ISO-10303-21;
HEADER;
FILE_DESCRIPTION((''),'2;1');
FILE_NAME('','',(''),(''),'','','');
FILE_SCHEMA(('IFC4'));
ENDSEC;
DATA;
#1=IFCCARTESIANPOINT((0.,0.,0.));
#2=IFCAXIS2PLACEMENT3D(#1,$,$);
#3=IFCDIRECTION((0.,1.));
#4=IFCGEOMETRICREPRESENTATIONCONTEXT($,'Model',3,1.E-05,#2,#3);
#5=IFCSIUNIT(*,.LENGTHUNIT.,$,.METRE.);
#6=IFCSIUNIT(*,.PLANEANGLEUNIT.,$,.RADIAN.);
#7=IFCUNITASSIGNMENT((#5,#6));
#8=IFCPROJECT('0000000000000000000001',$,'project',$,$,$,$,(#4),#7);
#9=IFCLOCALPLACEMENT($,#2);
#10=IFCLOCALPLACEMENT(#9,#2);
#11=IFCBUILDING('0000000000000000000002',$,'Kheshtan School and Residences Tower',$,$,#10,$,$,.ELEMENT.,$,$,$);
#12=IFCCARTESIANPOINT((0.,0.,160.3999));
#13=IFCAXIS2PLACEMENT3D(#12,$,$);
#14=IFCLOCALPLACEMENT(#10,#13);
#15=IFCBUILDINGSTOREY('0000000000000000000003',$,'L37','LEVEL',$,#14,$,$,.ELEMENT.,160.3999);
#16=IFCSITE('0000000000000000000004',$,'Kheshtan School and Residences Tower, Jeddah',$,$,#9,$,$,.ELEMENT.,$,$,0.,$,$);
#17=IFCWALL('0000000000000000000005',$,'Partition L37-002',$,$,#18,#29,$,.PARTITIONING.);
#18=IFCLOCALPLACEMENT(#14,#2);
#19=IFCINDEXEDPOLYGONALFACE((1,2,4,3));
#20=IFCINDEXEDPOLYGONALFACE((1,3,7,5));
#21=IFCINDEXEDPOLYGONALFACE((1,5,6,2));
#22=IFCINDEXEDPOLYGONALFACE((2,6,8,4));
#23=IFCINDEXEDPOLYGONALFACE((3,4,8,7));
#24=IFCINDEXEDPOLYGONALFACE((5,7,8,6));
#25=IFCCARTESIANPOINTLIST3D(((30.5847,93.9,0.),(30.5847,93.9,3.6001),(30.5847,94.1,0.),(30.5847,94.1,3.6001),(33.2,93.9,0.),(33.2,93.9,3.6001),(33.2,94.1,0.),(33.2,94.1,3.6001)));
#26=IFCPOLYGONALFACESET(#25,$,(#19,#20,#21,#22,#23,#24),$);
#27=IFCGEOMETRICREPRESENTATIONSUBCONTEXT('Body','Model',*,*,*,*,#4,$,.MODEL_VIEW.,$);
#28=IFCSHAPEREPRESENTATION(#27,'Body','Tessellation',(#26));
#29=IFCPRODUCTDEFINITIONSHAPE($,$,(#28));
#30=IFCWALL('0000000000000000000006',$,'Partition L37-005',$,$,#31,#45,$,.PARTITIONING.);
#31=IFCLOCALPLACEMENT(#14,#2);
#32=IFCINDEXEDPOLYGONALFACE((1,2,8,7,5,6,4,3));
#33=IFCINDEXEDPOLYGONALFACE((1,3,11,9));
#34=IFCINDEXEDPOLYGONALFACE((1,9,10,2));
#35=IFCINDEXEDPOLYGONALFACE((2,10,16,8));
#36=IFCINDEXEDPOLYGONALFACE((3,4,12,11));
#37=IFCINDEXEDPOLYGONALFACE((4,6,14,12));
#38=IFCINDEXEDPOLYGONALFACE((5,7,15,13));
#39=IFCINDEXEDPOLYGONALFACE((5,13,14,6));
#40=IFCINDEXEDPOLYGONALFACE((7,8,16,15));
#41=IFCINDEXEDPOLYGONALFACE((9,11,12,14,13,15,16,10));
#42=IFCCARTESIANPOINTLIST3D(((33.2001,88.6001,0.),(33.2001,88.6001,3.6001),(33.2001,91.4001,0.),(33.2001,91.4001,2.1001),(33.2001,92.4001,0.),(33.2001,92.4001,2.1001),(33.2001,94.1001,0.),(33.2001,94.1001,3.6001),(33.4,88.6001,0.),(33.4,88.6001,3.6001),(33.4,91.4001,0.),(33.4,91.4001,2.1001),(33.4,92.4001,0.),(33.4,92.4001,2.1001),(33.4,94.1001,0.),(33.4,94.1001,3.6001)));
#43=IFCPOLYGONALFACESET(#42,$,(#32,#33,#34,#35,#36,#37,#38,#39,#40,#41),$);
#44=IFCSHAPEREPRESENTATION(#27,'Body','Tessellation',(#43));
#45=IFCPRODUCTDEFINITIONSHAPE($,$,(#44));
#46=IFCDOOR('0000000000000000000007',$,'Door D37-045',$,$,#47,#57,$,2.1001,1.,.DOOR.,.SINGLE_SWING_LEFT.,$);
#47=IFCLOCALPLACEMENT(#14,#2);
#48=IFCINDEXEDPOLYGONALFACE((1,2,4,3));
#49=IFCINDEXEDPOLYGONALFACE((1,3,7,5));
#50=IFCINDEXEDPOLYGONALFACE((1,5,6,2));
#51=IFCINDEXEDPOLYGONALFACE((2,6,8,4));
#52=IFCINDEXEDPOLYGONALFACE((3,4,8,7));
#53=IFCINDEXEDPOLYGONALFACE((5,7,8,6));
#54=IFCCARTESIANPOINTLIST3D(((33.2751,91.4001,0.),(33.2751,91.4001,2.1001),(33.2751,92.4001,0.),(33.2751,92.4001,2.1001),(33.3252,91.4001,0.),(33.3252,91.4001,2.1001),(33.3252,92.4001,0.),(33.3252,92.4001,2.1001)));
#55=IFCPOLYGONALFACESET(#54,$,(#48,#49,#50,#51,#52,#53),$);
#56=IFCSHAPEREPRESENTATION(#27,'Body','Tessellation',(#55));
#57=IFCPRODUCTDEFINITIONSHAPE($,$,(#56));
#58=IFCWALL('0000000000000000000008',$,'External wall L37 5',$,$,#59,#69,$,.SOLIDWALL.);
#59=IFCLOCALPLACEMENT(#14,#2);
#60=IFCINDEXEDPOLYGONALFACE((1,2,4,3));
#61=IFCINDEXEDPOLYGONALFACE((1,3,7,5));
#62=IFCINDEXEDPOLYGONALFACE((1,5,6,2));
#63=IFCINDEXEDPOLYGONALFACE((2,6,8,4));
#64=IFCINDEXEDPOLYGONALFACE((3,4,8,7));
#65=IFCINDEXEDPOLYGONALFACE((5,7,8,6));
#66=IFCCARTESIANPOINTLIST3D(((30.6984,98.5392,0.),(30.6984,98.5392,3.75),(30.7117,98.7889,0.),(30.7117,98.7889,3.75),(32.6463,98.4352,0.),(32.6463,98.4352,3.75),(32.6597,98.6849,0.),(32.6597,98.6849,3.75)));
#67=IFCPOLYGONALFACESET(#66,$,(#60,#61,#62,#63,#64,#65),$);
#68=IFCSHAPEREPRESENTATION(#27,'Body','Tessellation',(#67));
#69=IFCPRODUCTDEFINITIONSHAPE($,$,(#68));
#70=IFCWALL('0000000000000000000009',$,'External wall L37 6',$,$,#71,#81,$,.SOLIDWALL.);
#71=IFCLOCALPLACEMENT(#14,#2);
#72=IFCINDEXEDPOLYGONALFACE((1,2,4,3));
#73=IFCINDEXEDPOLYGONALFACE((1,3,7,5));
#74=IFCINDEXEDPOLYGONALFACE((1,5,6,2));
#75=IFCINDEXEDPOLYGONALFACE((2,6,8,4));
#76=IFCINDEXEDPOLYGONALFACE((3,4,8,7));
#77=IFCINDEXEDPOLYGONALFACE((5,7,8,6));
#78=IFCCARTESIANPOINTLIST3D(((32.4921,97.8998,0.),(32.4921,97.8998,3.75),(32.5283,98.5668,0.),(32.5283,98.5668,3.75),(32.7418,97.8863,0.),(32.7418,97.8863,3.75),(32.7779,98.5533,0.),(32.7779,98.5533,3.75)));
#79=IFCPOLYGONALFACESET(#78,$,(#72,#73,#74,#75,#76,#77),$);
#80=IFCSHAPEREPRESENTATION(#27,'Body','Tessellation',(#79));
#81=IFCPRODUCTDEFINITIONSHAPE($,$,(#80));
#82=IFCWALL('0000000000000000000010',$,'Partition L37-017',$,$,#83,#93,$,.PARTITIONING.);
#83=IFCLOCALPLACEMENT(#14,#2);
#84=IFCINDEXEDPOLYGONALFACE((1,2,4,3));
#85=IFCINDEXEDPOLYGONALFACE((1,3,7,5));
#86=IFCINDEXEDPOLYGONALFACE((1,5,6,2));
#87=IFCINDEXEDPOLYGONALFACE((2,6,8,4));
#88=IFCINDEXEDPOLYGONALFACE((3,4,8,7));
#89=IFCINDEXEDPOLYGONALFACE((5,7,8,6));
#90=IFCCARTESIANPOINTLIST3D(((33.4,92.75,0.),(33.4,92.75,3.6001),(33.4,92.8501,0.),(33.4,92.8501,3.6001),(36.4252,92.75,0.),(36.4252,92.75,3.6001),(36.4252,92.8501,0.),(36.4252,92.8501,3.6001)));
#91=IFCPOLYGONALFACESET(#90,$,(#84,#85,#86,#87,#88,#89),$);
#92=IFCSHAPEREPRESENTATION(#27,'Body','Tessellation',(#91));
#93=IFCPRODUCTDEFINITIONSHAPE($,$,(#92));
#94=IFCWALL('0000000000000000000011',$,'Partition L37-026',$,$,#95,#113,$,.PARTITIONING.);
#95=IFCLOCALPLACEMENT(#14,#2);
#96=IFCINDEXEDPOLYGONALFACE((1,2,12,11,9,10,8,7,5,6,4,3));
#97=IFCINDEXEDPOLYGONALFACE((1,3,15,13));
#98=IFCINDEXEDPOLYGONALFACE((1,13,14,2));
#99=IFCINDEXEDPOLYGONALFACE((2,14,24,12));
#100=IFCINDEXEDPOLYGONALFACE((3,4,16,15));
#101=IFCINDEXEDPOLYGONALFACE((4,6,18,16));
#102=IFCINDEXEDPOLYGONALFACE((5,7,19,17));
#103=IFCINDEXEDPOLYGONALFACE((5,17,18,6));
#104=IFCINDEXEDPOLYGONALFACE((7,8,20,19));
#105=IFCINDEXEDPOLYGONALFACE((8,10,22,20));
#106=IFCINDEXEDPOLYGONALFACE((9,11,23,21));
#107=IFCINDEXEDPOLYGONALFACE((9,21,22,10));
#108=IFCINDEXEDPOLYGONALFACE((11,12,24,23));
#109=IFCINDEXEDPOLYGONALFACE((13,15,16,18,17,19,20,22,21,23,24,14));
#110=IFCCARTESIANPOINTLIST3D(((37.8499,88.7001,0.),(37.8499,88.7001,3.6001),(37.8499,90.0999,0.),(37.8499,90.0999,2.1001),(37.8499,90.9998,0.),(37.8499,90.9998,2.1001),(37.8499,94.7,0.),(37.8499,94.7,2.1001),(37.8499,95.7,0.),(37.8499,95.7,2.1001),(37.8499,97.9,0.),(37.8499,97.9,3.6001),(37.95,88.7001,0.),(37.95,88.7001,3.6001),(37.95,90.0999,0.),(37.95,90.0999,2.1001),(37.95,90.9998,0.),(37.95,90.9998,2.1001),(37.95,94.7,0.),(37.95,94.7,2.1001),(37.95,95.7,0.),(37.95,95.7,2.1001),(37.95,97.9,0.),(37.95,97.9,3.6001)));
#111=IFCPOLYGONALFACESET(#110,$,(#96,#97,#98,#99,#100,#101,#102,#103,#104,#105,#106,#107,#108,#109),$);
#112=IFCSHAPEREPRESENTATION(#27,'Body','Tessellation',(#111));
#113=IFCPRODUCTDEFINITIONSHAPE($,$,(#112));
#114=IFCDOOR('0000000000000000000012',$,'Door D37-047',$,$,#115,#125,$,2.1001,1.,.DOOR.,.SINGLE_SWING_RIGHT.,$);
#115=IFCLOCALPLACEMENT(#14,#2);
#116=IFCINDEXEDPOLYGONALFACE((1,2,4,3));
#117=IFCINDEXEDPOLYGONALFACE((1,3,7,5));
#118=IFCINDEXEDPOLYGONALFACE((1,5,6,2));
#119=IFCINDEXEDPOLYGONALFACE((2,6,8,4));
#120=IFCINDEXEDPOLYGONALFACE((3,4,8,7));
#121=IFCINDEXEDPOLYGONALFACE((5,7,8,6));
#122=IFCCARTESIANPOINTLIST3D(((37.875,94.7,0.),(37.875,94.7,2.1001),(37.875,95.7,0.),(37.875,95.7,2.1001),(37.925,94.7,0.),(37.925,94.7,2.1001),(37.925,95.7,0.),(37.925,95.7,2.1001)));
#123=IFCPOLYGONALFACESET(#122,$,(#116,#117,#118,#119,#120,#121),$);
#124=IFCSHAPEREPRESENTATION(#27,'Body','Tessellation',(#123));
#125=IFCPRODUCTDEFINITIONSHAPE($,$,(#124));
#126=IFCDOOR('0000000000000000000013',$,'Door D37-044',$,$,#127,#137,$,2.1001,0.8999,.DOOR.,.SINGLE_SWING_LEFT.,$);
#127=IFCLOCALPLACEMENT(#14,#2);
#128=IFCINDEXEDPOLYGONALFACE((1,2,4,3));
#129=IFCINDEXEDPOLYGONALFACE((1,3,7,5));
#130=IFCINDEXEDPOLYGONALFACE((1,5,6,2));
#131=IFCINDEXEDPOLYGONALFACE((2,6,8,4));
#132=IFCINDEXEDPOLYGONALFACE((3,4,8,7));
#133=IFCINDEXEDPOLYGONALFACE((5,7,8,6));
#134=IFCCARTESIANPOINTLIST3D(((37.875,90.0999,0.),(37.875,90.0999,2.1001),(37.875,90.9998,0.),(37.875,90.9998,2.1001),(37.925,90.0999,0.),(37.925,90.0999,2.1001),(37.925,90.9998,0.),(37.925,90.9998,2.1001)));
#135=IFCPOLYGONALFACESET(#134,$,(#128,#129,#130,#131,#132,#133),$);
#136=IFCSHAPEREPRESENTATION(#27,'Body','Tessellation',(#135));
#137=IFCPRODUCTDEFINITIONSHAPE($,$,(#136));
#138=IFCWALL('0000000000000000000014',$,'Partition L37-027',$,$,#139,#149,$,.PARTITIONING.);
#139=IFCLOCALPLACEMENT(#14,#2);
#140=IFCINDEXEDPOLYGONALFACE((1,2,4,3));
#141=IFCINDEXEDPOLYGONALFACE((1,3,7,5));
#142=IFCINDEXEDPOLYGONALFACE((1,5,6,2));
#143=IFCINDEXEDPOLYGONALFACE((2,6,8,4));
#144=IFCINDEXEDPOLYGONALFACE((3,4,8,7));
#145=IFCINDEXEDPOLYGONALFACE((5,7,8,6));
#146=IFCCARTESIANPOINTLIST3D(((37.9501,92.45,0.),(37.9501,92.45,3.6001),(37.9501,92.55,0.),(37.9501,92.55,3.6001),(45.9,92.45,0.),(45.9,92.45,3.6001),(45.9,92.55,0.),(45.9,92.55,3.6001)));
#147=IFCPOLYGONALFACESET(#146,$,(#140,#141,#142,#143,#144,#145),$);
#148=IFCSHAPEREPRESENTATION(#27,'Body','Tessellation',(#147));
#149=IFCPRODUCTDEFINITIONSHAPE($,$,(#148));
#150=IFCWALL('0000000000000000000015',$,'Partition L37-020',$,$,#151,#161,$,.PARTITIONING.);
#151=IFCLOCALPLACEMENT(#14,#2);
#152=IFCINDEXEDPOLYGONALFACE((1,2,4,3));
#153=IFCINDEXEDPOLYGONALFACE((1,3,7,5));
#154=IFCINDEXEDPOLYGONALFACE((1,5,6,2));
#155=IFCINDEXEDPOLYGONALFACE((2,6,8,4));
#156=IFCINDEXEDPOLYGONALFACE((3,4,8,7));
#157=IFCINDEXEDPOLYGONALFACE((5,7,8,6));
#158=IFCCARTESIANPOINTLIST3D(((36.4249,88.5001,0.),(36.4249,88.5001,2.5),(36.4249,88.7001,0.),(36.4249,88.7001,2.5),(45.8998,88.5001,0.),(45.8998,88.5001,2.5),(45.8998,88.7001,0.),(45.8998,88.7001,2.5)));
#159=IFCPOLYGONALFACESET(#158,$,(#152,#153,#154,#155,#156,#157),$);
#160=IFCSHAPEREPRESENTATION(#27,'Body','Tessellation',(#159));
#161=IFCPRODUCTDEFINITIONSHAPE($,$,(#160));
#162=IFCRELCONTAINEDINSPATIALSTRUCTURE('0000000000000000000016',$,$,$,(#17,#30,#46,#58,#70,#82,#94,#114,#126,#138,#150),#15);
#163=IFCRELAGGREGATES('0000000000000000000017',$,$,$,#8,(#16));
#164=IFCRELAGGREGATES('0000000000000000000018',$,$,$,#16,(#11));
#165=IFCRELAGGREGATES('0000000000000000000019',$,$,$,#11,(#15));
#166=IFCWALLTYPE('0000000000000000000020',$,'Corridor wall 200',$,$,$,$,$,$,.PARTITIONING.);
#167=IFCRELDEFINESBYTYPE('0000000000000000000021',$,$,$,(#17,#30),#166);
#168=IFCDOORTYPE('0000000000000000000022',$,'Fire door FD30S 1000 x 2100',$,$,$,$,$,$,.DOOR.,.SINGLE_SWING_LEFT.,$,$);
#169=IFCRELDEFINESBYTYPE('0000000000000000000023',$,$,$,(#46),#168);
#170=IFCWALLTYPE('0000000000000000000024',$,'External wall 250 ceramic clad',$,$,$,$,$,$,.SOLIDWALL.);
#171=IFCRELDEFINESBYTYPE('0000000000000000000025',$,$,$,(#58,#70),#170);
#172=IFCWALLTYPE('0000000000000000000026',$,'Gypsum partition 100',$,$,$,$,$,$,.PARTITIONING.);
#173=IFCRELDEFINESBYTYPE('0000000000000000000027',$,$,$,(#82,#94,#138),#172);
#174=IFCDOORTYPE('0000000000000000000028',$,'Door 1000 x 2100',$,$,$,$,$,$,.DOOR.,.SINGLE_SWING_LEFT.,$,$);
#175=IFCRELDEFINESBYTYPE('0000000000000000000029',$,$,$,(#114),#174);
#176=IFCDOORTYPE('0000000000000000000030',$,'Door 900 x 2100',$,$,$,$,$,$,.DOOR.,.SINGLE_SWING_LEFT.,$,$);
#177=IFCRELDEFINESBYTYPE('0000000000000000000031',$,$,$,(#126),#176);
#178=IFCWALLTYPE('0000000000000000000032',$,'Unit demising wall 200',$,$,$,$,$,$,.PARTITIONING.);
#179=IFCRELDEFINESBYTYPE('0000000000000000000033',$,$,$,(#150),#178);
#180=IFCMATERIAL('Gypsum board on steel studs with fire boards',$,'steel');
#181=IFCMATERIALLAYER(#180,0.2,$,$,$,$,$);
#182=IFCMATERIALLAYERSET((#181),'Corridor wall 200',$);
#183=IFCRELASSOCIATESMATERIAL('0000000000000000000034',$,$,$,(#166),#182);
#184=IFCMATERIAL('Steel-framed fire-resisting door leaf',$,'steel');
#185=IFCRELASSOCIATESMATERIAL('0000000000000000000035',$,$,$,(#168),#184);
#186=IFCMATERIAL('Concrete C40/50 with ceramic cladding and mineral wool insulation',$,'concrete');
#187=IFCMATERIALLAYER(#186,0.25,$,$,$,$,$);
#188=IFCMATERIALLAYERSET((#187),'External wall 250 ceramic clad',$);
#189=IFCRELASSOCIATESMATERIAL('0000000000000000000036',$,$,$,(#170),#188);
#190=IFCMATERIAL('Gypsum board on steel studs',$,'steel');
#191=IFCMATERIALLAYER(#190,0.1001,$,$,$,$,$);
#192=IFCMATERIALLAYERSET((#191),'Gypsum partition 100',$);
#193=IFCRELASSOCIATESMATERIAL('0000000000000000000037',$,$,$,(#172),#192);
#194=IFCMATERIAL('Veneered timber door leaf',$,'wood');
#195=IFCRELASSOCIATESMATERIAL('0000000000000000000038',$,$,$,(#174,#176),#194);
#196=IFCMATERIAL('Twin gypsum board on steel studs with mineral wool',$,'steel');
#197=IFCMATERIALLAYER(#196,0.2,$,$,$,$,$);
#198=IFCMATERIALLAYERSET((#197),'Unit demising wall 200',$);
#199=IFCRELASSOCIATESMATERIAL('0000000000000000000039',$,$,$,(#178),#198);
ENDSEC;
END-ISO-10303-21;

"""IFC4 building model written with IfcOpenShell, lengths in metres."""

from ifc_helpers import new_model, si_unit, direction, frame, frame_2d, origin, place, context, subcontext, project, spatial, rectangle, extrude, source, transform, mapped, material, layer, layer_set, type_object, element, fill, save


model = new_model("IFC4")

# Units and contexts
model_context = context("Model", 3, precision=1e-05, world=origin(), true_north=direction((0.0, 1.0)))
body_context = subcontext(model_context, "Body", "Model", "MODEL_VIEW")
ifc_project = project(units=[si_unit("LENGTHUNIT", "METRE"), si_unit("PLANEANGLEUNIT", "RADIAN")], contexts=[model_context])

# Site, building, storey
site_placement = place(None, origin())
site = spatial("IfcSite", under=ifc_project, at=site_placement, Name="Kheshtan School and Residences Tower, Jeddah", CompositionType="ELEMENT", RefElevation=0.0)
building_placement = place(site_placement, origin())
building = spatial("IfcBuilding", under=site, at=building_placement, Name="Kheshtan School and Residences Tower", CompositionType="ELEMENT")
storey_placement = place(building_placement, frame((0.0, 0.0, 160.3999)))
storey = spatial("IfcBuildingStorey", under=building, at=storey_placement, Name="L37", Description="LEVEL", CompositionType="ELEMENT", Elevation=160.3999)

# Wall
ifc_material_1 = material(Name="Gypsum board on steel studs with fire boards", Category="steel")
ifc_layer_1 = layer(ifc_material_1, 0.2)
ifc_layer_set_1 = layer_set([ifc_layer_1], Name="Corridor wall 200")
wall_type_1 = type_object("IfcWallType", Name="Corridor wall 200", PredefinedType="PARTITIONING", material=ifc_layer_set_1)
wall_1_placement = place(storey_placement, frame((30.5847, 94.0, 0.0), z_axis=(0.0, 0.0, 1.0), x_axis=(1.0, 0.0, 0.0)))
element("IfcWall", 1, at=wall_1_placement, inside=storey, type_object=wall_type_1, Name="Partition L37-002", PredefinedType="PARTITIONING", context=body_context, shape_type="SweptSolid", body=[
    extrude(rectangle(XDim=2.6152, YDim=0.2, at=frame_2d((1.3076, 0.0))), origin(), (0.0, 0.0, 1.0), 3.6001),
])

# Wall, opening, door
wall_2_placement = place(storey_placement, frame((33.3, 88.6001, 0.0), z_axis=(0.0, 0.0, 1.0), x_axis=(0.0, 1.0, 0.0)))
wall_2 = element("IfcWall", 2, at=wall_2_placement, inside=storey, type_object=wall_type_1, Name="Partition L37-005", PredefinedType="PARTITIONING", context=body_context, shape_type="SweptSolid", body=[
    extrude(rectangle(XDim=5.5, YDim=0.2, at=frame_2d((2.75, 0.0))), origin(), (0.0, 0.0, 1.0), 3.6001),
])
opening_1_placement = place(wall_2_placement, frame((2.8, 0.0, 0.0)))
opening_1 = element("IfcOpeningElement", 3, at=opening_1_placement, cuts=wall_2, PredefinedType="OPENING", context=body_context, shape_type="SweptSolid", body=[
    extrude(rectangle(XDim=1.0, YDim=2.1001, at=frame_2d((0.5, 1.05))), frame((0.0, 0.1099, 0.0), z_axis=(0.0, -1.0, 0.0), x_axis=(1.0, 0.0, 0.0)), (0.0, 0.0, 1.0), 0.22),
])
ifc_material_2 = material(Name="Steel-framed fire-resisting door leaf", Category="steel")
door_type_1 = type_object("IfcDoorType", Name="Fire door FD30S 1000 x 2100", OperationType="SINGLE_SWING_LEFT", PredefinedType="DOOR", material=ifc_material_2)
shared_shape_1 = source(origin(), body_context, "Body", "SweptSolid", [
    extrude(rectangle(XDim=1.0, YDim=2.1001, at=frame_2d((0.5, 1.05))), frame((0.0, 0.0249, 0.0), z_axis=(0.0, -1.0, 0.0), x_axis=(1.0, 0.0, 0.0)), (0.0, 0.0, 1.0), 0.05),
])
door_1_placement = place(opening_1_placement, origin())
door_1 = element("IfcDoor", 4, at=door_1_placement, inside=storey, type_object=door_type_1, Name="Door D37-045", OperationType="SINGLE_SWING_LEFT", OverallHeight=2.1001, OverallWidth=1.0, PredefinedType="DOOR", context=body_context, shape_type="MappedRepresentation", body=[
    mapped(shared_shape_1, transform((0.0, 0.0, 0.0), x_axis=(1.0, 0.0, 0.0), y_axis=(0.0, 1.0, 0.0), z_axis=(0.0, 0.0, 1.0), scale=1.0)),
])
fill(opening_1, door_1)

# Walls
ifc_material_3 = material(Name="Concrete C40/50 with ceramic cladding and mineral wool insulation", Category="concrete")
ifc_layer_2 = layer(ifc_material_3, 0.25)
ifc_layer_set_2 = layer_set([ifc_layer_2], Name="External wall 250 ceramic clad")
wall_type_2 = type_object("IfcWallType", Name="External wall 250 ceramic clad", PredefinedType="SOLIDWALL", material=ifc_layer_set_2)
wall_3_placement = place(storey_placement, frame((30.7051, 98.6641, 0.0), z_axis=(0.0, 0.0, 1.0), x_axis=(0.998578, -0.053314, 0.0)))
element("IfcWall", 5, at=wall_3_placement, inside=storey, type_object=wall_type_2, Name="External wall L37 5", PredefinedType="SOLIDWALL", context=body_context, shape_type="SweptSolid", body=[
    extrude(rectangle(XDim=1.9507, YDim=0.25, at=frame_2d((0.9753, 0.0))), origin(), (0.0, 0.0, 1.0), 3.75),
])
wall_4_placement = place(storey_placement, frame((32.6531, 98.5601, 0.0), z_axis=(0.0, 0.0, 1.0), x_axis=(-0.054093, -0.998536, 0.0)))
element("IfcWall", 6, at=wall_4_placement, inside=storey, type_object=wall_type_2, Name="External wall L37 6", PredefinedType="SOLIDWALL", context=body_context, shape_type="SweptSolid", body=[
    extrude(rectangle(XDim=0.668, YDim=0.25, at=frame_2d((0.334, 0.0))), origin(), (0.0, 0.0, 1.0), 3.75),
])

# Wall
ifc_material_4 = material(Name="Gypsum board on steel studs", Category="steel")
ifc_layer_3 = layer(ifc_material_4, 0.1001)
ifc_layer_set_3 = layer_set([ifc_layer_3], Name="Gypsum partition 100")
wall_type_3 = type_object("IfcWallType", Name="Gypsum partition 100", PredefinedType="PARTITIONING", material=ifc_layer_set_3)
wall_5_placement = place(storey_placement, frame((33.3999, 92.8, 0.0), z_axis=(0.0, 0.0, 1.0), x_axis=(1.0, 0.0, 0.0)))
element("IfcWall", 7, at=wall_5_placement, inside=storey, type_object=wall_type_3, Name="Partition L37-017", PredefinedType="PARTITIONING", context=body_context, shape_type="SweptSolid", body=[
    extrude(rectangle(XDim=3.0251, YDim=0.1001, at=frame_2d((1.5127, 0.0))), origin(), (0.0, 0.0, 1.0), 3.6001),
])

# Wall, openings, doors
wall_6_placement = place(storey_placement, frame((37.8999, 88.7, 0.0), z_axis=(0.0, 0.0, 1.0), x_axis=(0.0, 1.0, 0.0)))
wall_6 = element("IfcWall", 8, at=wall_6_placement, inside=storey, type_object=wall_type_3, Name="Partition L37-026", PredefinedType="PARTITIONING", context=body_context, shape_type="SweptSolid", body=[
    extrude(rectangle(XDim=9.2, YDim=0.1001, at=frame_2d((4.6001, 0.0))), origin(), (0.0, 0.0, 1.0), 3.6001),
])
opening_2_placement = place(wall_6_placement, frame((1.3999, 0.0, 0.0)))
opening_2 = element("IfcOpeningElement", 9, at=opening_2_placement, cuts=wall_6, PredefinedType="OPENING", context=body_context, shape_type="SweptSolid", body=[
    extrude(rectangle(XDim=0.8999, YDim=2.1001, at=frame_2d((0.45, 1.05))), frame((0.0, 0.0601, 0.0), z_axis=(0.0, -1.0, 0.0), x_axis=(1.0, 0.0, 0.0)), (0.0, 0.0, 1.0), 0.1201),
])
opening_3_placement = place(wall_6_placement, frame((6.0, 0.0, 0.0)))
opening_3 = element("IfcOpeningElement", 10, at=opening_3_placement, cuts=wall_6, PredefinedType="OPENING", context=body_context, shape_type="SweptSolid", body=[
    extrude(rectangle(XDim=1.0, YDim=2.1001, at=frame_2d((0.5, 1.05))), frame((0.0, 0.0601, 0.0), z_axis=(0.0, -1.0, 0.0), x_axis=(1.0, 0.0, 0.0)), (0.0, 0.0, 1.0), 0.1201),
])
ifc_material_5 = material(Name="Veneered timber door leaf", Category="wood")
door_type_2 = type_object("IfcDoorType", Name="Door 1000 x 2100", OperationType="SINGLE_SWING_LEFT", PredefinedType="DOOR", material=ifc_material_5)
shared_shape_2 = source(origin(), body_context, "Body", "SweptSolid", [
    extrude(rectangle(XDim=1.0, YDim=2.1001, at=frame_2d((0.5, 1.05))), frame((0.0, 0.0249, 0.0), z_axis=(0.0, -1.0, 0.0), x_axis=(1.0, 0.0, 0.0)), (0.0, 0.0, 1.0), 0.05),
])
door_2_placement = place(opening_3_placement, origin())
door_2 = element("IfcDoor", 11, at=door_2_placement, inside=storey, type_object=door_type_2, Name="Door D37-047", OperationType="SINGLE_SWING_RIGHT", OverallHeight=2.1001, OverallWidth=1.0, PredefinedType="DOOR", context=body_context, shape_type="MappedRepresentation", body=[
    mapped(shared_shape_2, transform((0.0, 0.0, 0.0), x_axis=(1.0, 0.0, 0.0), y_axis=(0.0, 1.0, 0.0), z_axis=(0.0, 0.0, 1.0), scale=1.0)),
])
fill(opening_3, door_2)
door_type_3 = type_object("IfcDoorType", Name="Door 900 x 2100", OperationType="SINGLE_SWING_LEFT", PredefinedType="DOOR", material=ifc_material_5)
shared_shape_3 = source(origin(), body_context, "Body", "SweptSolid", [
    extrude(rectangle(XDim=0.8999, YDim=2.1001, at=frame_2d((0.45, 1.05))), frame((0.0, 0.0249, 0.0), z_axis=(0.0, -1.0, 0.0), x_axis=(1.0, 0.0, 0.0)), (0.0, 0.0, 1.0), 0.05),
])
door_3_placement = place(opening_2_placement, origin())
door_3 = element("IfcDoor", 12, at=door_3_placement, inside=storey, type_object=door_type_3, Name="Door D37-044", OperationType="SINGLE_SWING_LEFT", OverallHeight=2.1001, OverallWidth=0.8999, PredefinedType="DOOR", context=body_context, shape_type="MappedRepresentation", body=[
    mapped(shared_shape_3, transform((0.0, 0.0, 0.0), x_axis=(1.0, 0.0, 0.0), y_axis=(0.0, 1.0, 0.0), z_axis=(0.0, 0.0, 1.0), scale=1.0)),
])
fill(opening_2, door_3)

# Walls
wall_7_placement = place(storey_placement, frame((37.95, 92.5, 0.0), z_axis=(0.0, 0.0, 1.0), x_axis=(1.0, 0.0, 0.0)))
element("IfcWall", 13, at=wall_7_placement, inside=storey, type_object=wall_type_3, Name="Partition L37-027", PredefinedType="PARTITIONING", context=body_context, shape_type="SweptSolid", body=[
    extrude(rectangle(XDim=7.95, YDim=0.1001, at=frame_2d((3.9751, 0.0))), origin(), (0.0, 0.0, 1.0), 3.6001),
])
ifc_material_6 = material(Name="Twin gypsum board on steel studs with mineral wool", Category="steel")
ifc_layer_4 = layer(ifc_material_6, 0.2)
ifc_layer_set_4 = layer_set([ifc_layer_4], Name="Unit demising wall 200")
wall_type_4 = type_object("IfcWallType", Name="Unit demising wall 200", PredefinedType="PARTITIONING", material=ifc_layer_set_4)
wall_8_placement = place(storey_placement, frame((36.425, 88.6001, 0.0), z_axis=(0.0, 0.0, 1.0), x_axis=(1.0, 0.0, 0.0)))
element("IfcWall", 14, at=wall_8_placement, inside=storey, type_object=wall_type_4, Name="Partition L37-020", PredefinedType="PARTITIONING", context=body_context, shape_type="SweptSolid", body=[
    extrude(rectangle(XDim=9.4749, YDim=0.2, at=frame_2d((4.7373, 0.0))), origin(), (0.0, 0.0, 1.0), 2.5),
])

save(model, "model.ifc")
